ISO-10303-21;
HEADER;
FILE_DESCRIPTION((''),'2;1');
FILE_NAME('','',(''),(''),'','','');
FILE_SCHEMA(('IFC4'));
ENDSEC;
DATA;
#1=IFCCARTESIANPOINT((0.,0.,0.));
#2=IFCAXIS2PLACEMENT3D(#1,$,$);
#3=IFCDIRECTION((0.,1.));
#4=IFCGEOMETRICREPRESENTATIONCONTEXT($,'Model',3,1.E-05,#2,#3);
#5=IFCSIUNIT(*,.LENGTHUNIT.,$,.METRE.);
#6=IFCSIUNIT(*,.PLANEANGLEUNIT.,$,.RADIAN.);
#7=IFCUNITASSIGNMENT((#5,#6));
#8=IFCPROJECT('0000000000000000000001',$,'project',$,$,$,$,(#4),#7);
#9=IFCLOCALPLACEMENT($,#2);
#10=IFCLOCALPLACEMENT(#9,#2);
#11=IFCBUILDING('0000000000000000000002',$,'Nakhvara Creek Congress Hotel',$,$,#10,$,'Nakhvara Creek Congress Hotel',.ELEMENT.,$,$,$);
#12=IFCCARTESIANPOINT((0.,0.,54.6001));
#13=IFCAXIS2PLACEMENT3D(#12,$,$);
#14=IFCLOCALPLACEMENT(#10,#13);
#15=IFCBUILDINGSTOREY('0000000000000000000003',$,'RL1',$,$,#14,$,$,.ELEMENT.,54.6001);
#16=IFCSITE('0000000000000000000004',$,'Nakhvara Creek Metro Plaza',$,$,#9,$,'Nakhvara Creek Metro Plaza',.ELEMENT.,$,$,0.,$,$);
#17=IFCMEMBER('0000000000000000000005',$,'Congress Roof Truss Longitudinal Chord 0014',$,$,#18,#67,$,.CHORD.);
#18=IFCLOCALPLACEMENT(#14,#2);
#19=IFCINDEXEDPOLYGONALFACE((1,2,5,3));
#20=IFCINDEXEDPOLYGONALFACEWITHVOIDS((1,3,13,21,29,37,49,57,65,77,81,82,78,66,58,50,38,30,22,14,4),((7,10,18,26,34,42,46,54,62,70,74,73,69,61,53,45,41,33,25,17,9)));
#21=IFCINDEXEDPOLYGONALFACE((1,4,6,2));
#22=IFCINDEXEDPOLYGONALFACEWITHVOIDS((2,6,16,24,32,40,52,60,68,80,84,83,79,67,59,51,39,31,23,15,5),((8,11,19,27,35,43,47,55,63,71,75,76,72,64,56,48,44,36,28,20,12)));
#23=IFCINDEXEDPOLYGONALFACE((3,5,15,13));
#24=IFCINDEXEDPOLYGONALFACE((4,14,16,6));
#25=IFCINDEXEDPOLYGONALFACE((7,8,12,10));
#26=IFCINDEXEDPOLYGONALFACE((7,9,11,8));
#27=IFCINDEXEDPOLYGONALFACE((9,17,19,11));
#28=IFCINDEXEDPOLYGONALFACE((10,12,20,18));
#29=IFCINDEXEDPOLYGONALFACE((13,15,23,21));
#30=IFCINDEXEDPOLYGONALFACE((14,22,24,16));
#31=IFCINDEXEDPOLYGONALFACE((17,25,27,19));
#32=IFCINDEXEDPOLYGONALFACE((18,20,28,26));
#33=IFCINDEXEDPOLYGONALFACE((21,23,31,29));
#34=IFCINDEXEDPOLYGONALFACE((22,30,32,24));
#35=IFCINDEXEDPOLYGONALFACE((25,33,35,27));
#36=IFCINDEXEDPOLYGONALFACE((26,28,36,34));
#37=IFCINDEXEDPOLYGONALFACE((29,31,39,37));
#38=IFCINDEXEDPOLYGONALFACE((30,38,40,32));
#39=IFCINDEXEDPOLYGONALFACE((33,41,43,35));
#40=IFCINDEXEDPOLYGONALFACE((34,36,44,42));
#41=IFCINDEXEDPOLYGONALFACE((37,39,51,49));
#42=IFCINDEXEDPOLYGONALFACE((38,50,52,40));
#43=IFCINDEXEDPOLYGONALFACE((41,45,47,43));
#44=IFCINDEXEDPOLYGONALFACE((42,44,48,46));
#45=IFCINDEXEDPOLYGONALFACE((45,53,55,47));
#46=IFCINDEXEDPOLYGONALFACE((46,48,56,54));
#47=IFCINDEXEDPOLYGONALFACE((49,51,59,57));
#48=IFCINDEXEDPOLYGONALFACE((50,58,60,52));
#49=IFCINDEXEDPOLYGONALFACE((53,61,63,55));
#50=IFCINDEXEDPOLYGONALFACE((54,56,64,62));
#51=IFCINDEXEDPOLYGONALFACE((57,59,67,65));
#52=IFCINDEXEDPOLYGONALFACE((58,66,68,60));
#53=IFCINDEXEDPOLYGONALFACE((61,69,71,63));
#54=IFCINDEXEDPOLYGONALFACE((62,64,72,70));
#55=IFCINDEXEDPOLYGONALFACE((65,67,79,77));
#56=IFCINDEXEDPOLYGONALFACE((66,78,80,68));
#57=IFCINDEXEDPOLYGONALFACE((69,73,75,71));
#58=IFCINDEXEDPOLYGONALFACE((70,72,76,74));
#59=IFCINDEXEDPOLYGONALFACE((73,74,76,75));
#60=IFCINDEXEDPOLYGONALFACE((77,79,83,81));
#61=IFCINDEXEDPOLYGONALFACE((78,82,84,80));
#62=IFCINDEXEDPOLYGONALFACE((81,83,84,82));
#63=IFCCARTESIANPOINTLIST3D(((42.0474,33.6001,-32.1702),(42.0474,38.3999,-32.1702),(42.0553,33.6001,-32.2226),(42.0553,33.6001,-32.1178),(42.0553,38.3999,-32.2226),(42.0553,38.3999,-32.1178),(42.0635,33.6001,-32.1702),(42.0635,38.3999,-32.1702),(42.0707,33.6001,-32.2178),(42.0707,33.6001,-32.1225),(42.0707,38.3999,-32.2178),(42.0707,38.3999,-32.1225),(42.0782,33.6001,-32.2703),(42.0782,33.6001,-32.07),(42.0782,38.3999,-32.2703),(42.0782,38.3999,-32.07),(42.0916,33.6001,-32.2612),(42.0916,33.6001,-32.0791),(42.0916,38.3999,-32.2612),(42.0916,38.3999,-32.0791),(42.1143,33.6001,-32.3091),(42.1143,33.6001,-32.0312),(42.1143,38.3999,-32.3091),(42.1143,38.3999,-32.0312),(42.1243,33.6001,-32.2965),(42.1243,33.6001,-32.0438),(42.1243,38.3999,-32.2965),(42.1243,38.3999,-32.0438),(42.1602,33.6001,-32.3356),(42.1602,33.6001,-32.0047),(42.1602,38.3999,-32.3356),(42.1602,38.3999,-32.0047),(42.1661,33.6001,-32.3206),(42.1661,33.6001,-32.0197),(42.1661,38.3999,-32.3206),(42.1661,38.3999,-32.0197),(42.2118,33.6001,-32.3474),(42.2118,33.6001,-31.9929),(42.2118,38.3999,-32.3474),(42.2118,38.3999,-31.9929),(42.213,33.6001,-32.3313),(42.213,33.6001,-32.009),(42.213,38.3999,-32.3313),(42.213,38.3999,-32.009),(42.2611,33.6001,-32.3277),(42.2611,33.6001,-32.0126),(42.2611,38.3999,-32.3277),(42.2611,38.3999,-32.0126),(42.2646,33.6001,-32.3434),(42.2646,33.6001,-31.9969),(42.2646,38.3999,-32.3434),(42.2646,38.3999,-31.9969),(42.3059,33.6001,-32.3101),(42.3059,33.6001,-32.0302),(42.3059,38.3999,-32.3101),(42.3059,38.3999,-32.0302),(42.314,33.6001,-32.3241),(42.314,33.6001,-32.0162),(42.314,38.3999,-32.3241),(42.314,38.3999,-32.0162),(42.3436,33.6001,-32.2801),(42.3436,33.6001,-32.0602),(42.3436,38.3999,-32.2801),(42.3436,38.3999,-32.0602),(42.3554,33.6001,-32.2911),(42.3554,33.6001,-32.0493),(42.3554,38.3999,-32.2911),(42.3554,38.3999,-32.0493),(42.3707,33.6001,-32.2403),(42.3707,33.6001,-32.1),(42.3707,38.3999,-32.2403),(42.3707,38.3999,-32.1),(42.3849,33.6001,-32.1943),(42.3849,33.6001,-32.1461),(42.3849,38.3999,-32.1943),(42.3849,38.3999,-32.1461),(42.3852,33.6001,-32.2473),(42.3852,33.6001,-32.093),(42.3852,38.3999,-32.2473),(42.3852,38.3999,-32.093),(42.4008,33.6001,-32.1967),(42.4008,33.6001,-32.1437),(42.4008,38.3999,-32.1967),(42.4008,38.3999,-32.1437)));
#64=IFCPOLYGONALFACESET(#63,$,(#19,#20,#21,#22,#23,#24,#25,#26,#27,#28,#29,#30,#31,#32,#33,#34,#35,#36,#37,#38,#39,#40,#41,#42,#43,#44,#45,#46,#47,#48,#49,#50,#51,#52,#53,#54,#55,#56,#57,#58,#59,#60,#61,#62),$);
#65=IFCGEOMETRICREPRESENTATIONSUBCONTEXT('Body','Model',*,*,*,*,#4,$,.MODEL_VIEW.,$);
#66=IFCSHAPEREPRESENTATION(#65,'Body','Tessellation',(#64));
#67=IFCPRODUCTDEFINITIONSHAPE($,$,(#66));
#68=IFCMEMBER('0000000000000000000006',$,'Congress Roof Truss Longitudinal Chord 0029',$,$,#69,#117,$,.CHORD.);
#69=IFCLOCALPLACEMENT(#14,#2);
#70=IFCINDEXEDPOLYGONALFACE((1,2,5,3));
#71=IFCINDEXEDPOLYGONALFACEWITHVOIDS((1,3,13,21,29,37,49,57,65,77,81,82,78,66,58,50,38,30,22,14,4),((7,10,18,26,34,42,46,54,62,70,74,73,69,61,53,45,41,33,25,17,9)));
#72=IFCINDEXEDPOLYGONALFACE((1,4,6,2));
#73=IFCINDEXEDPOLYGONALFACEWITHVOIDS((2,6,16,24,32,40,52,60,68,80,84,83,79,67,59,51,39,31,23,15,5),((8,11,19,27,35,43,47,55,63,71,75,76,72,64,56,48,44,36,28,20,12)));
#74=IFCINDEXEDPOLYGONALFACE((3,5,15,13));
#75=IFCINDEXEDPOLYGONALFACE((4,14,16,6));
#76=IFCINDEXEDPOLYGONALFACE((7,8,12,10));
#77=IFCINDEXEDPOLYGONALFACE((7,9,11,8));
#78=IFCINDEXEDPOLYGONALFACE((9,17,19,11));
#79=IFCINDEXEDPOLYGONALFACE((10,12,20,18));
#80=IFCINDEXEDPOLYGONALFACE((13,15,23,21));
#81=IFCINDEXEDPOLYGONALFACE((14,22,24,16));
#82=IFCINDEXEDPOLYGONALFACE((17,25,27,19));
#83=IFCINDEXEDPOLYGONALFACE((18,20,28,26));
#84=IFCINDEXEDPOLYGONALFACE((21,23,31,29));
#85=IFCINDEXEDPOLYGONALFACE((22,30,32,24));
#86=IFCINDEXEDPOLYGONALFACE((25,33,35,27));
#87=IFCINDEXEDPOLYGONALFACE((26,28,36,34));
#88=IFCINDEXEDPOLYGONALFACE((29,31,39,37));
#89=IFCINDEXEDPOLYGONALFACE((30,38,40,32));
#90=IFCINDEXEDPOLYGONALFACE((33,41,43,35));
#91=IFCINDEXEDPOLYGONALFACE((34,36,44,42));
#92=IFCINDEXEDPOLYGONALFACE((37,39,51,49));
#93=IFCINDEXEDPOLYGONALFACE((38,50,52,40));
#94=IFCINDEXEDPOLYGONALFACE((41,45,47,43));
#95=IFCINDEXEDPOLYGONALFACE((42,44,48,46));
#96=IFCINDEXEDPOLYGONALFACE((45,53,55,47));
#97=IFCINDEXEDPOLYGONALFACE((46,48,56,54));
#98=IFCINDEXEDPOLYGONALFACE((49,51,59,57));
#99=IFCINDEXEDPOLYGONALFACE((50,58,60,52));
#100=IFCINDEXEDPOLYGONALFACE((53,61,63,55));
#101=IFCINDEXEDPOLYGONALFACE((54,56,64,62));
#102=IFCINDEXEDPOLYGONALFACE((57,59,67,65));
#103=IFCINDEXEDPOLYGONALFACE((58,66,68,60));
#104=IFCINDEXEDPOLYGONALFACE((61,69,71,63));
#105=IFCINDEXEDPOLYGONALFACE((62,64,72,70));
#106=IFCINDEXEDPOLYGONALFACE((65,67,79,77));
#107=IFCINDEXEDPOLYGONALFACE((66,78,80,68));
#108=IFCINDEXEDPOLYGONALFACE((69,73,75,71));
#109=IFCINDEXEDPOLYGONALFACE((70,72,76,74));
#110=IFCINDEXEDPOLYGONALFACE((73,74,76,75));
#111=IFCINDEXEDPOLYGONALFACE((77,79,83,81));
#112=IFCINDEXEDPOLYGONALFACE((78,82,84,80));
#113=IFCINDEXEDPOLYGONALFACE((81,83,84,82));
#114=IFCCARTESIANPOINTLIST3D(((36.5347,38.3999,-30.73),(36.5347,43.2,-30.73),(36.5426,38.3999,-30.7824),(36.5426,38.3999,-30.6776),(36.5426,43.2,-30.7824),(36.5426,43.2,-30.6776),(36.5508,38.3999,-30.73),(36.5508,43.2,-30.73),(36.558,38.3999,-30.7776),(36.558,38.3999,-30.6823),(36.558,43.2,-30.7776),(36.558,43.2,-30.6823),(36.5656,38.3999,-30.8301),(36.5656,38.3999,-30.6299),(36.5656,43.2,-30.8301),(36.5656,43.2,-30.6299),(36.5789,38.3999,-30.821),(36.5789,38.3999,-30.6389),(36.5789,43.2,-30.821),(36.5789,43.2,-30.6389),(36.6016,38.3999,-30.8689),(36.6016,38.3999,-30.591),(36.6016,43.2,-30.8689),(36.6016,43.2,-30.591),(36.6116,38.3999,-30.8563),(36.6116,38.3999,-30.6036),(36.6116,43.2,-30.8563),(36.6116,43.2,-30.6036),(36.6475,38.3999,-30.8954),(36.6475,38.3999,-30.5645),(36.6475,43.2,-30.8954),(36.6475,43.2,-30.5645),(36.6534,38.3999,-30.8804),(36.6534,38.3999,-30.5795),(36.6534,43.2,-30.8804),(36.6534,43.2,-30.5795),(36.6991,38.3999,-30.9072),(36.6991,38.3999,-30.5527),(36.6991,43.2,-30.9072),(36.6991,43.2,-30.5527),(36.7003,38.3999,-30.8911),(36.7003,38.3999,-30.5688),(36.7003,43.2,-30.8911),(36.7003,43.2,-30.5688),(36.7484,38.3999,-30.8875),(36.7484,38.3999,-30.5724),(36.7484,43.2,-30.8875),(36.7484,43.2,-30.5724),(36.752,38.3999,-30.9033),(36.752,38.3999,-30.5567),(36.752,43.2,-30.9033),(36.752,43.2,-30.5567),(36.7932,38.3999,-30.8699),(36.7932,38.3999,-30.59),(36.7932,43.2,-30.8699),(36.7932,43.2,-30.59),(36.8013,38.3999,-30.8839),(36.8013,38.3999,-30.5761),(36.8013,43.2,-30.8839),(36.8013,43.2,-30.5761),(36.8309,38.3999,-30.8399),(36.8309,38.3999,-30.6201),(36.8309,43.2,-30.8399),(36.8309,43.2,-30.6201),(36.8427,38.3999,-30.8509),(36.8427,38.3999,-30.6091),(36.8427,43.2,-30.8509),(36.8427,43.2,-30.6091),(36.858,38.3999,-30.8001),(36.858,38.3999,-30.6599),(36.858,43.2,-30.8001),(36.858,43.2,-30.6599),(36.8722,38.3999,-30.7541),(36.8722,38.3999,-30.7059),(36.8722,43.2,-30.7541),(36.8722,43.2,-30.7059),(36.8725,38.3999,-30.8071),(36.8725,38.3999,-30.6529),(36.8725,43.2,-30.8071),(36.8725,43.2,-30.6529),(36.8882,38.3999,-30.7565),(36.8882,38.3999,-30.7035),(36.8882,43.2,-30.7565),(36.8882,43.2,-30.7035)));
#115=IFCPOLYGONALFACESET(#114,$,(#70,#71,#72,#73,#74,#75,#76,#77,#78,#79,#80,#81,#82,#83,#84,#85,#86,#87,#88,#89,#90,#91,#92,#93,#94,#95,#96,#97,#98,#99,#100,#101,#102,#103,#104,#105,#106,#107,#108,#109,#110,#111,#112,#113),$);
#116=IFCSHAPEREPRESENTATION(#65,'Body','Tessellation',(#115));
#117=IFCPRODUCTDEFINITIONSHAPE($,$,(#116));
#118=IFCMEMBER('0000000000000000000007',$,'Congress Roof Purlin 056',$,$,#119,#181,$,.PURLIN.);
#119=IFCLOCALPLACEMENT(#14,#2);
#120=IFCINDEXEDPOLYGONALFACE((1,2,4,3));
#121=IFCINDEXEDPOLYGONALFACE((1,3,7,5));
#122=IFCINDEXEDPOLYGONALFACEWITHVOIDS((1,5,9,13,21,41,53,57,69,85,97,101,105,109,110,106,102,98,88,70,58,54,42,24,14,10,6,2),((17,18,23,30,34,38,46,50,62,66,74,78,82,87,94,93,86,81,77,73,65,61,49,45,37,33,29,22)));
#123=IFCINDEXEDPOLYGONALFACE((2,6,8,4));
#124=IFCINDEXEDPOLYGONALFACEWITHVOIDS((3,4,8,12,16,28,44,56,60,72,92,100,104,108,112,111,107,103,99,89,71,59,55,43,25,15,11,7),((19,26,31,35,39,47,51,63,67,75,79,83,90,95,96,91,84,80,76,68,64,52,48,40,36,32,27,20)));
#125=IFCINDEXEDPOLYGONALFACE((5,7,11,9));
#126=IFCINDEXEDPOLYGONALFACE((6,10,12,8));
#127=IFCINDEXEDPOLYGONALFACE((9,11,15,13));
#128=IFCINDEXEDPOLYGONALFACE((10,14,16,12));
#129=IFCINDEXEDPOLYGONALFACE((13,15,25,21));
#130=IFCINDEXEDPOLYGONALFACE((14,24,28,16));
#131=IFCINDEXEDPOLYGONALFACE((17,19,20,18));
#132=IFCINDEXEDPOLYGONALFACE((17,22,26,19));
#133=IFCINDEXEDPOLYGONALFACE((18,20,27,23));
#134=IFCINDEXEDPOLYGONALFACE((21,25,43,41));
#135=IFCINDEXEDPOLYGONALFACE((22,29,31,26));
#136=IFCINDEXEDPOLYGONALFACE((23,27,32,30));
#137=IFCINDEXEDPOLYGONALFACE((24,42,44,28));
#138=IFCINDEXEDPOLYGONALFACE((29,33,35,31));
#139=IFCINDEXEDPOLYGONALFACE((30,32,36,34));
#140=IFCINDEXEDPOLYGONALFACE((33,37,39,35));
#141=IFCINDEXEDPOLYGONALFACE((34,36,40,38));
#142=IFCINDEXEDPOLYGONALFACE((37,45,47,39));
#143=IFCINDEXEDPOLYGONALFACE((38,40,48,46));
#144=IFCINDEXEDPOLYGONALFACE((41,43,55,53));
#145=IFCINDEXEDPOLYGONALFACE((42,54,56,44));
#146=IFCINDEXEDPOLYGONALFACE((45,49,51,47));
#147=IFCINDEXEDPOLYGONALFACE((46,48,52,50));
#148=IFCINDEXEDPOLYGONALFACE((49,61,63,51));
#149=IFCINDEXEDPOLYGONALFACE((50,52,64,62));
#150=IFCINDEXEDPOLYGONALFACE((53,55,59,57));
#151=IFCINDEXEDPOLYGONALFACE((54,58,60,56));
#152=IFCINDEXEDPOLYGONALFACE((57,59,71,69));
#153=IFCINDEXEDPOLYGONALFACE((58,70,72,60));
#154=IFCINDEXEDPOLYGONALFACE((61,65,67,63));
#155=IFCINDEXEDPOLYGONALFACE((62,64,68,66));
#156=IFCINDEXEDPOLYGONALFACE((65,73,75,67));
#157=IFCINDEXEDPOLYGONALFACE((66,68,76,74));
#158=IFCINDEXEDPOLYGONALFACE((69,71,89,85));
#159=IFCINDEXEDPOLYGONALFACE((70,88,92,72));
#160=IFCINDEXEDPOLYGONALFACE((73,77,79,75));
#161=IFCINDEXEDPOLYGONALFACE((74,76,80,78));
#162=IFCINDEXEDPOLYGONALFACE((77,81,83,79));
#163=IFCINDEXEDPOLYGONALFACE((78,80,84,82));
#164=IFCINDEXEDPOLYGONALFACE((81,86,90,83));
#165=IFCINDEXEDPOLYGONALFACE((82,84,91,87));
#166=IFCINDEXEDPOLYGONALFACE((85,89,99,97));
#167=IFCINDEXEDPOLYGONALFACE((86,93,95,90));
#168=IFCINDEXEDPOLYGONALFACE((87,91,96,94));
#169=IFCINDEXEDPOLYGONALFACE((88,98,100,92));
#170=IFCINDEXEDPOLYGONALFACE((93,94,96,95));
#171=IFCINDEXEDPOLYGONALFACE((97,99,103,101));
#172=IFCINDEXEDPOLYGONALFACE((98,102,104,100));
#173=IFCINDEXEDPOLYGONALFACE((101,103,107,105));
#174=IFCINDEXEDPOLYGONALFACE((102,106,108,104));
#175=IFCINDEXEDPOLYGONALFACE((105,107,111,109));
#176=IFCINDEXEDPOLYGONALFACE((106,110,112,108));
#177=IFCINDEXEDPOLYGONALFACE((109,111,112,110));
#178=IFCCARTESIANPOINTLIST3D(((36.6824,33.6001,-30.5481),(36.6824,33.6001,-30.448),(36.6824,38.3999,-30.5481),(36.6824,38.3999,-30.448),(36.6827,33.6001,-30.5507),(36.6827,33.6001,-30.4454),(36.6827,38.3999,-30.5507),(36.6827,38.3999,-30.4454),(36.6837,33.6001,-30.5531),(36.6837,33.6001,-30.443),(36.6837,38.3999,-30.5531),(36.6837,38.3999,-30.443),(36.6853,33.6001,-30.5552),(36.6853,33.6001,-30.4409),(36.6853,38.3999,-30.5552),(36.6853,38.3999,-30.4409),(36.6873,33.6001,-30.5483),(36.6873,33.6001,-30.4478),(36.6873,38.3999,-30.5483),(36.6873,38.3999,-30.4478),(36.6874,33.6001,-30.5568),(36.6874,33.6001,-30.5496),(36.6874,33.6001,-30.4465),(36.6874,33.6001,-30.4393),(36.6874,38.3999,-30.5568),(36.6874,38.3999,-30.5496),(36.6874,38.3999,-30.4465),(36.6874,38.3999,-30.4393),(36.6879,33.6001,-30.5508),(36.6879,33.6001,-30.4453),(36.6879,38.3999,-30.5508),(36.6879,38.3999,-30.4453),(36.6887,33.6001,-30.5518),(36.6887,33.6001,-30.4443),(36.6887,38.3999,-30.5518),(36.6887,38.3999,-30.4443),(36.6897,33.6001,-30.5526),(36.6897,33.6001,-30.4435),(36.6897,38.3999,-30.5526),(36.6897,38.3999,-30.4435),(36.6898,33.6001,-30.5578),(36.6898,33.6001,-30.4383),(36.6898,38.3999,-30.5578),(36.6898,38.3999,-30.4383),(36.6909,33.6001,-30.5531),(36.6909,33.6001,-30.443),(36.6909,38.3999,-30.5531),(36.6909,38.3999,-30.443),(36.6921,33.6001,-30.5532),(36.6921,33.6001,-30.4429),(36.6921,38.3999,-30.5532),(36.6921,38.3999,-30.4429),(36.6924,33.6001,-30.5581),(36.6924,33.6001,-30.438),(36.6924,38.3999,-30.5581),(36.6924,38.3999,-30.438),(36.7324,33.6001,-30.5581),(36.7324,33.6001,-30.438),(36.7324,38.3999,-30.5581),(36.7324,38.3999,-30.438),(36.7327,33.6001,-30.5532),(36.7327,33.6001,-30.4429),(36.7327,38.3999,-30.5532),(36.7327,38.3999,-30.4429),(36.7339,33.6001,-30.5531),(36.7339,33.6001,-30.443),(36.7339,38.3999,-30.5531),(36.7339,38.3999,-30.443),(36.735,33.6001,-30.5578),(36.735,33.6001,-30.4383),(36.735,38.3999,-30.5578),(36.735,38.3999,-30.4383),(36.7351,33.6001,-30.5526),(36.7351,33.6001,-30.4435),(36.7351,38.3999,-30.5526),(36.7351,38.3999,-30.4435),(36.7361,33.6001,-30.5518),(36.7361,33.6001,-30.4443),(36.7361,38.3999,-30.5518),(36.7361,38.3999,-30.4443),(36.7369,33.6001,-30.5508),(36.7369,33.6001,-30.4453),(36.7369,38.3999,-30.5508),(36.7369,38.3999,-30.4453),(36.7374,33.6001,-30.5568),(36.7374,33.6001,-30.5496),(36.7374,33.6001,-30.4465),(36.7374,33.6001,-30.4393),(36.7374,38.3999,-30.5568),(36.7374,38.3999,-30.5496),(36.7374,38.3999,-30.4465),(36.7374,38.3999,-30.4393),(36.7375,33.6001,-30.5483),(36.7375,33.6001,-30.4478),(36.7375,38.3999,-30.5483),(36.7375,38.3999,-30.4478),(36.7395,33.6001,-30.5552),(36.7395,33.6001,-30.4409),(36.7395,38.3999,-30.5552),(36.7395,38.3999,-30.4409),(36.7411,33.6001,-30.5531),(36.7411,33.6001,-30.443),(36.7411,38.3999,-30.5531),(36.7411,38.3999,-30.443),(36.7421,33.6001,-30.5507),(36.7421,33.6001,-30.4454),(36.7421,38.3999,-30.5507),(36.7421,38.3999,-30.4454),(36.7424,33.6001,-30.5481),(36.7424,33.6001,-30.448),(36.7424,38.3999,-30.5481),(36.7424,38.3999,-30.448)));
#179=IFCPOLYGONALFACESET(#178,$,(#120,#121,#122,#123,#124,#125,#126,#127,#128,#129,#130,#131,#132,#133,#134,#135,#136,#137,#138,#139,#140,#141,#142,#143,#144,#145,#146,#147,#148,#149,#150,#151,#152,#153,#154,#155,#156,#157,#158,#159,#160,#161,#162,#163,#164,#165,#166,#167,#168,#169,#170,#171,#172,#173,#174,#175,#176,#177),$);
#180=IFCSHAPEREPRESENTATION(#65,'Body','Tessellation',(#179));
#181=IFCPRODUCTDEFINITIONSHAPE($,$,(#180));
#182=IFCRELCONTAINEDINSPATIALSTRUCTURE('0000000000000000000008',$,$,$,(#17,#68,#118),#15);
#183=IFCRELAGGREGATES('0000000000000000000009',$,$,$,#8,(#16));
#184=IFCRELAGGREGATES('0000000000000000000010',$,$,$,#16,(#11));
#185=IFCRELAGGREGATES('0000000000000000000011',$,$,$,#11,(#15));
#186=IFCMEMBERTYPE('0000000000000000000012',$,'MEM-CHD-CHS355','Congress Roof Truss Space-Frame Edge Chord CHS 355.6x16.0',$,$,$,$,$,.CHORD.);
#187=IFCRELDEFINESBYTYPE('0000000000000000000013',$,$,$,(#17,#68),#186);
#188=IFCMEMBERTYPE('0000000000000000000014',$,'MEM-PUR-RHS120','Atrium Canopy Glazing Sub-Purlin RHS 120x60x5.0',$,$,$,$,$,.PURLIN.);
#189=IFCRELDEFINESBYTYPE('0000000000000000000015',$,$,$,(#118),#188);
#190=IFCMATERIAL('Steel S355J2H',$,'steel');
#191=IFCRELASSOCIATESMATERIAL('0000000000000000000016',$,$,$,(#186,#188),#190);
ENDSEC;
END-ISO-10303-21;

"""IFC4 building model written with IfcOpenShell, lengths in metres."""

from ifc_helpers import new_model, si_unit, direction, frame, origin, origin_2d, place, context, subcontext, project, spatial, hollow_rectangle, hollow_circle, extrude, material, material_profile, profile_set, type_object, element, save


model = new_model("IFC4")

# Units and contexts
model_context = context("Model", 3, precision=1e-05, world=origin(), true_north=direction((0.0, 1.0)))
body_context = subcontext(model_context, "Body", "Model", "MODEL_VIEW")
ifc_project = project(units=[si_unit("LENGTHUNIT", "METRE"), si_unit("PLANEANGLEUNIT", "RADIAN")], contexts=[model_context])

# Site, building, storey
site_placement = place(None, origin())
site = spatial("IfcSite", under=ifc_project, at=site_placement, Name="Nakhvara Creek Metro Plaza", LongName="Nakhvara Creek Metro Plaza", CompositionType="ELEMENT", RefElevation=0.0)
building_placement = place(site_placement, origin())
building = spatial("IfcBuilding", under=site, at=building_placement, Name="Nakhvara Creek Congress Hotel", LongName="Nakhvara Creek Congress Hotel", CompositionType="ELEMENT")
storey_placement = place(building_placement, frame((0.0, 0.0, 54.6001)))
storey = spatial("IfcBuildingStorey", under=building, at=storey_placement, Name="RL1", CompositionType="ELEMENT", Elevation=54.6001)

# Members
ifc_material_1 = material(Name="Steel S355J2H", Category="steel")
ifc_material_profile_1 = material_profile(ifc_material_1, hollow_circle(Radius=0.1777, WallThickness=0.0161, at=origin_2d()), Name="CHS 355.6x16.0", Category="LoadBearing")
ifc_profile_set_1 = profile_set([ifc_material_profile_1], Name="Steel S355J2H")
member_type_1 = type_object("IfcMemberType", Name="MEM-CHD-CHS355", Description="Congress Roof Truss Space-Frame Edge Chord CHS 355.6x16.0", PredefinedType="CHORD", material=ifc_profile_set_1)
member_1_placement = place(storey_placement, frame((42.2251, 33.6001, -32.1702), z_axis=(0.0, 1.0, 0.0), x_axis=(-1.0, 0.0, 0.0)))
element("IfcMember", 1, at=member_1_placement, inside=storey, type_object=member_type_1, Name="Congress Roof Truss Longitudinal Chord 0014", PredefinedType="CHORD", context=body_context, shape_type="SweptSolid", body=[
    extrude(hollow_circle(Radius=0.1777, WallThickness=0.0161, at=origin_2d()), origin(), (0.0, 0.0, 1.0), 4.7998),
])
member_2_placement = place(storey_placement, frame((36.7124, 38.3999, -30.73), z_axis=(0.0, 1.0, 0.0), x_axis=(-1.0, 0.0, 0.0)))
element("IfcMember", 2, at=member_2_placement, inside=storey, type_object=member_type_1, Name="Congress Roof Truss Longitudinal Chord 0029", PredefinedType="CHORD", context=body_context, shape_type="SweptSolid", body=[
    extrude(hollow_circle(Radius=0.1777, WallThickness=0.0161, at=origin_2d()), origin(), (0.0, 0.0, 1.0), 4.8),
])
ifc_material_profile_2 = material_profile(ifc_material_1, hollow_rectangle(XDim=0.0601, YDim=0.1201, WallThickness=0.0049, InnerFilletRadius=0.0049, OuterFilletRadius=0.01, at=origin_2d()), Name="RHS 120x60x5.0", Category="LoadBearing")
ifc_profile_set_2 = profile_set([ifc_material_profile_2], Name="Steel S355J2H")
member_type_2 = type_object("IfcMemberType", Name="MEM-PUR-RHS120", Description="Atrium Canopy Glazing Sub-Purlin RHS 120x60x5.0", PredefinedType="PURLIN", material=ifc_profile_set_2)
member_3_placement = place(storey_placement, frame((36.7124, 33.6001, -30.498), z_axis=(0.0, 1.0, 0.0), x_axis=(-1.0, 0.0, 0.0)))
element("IfcMember", 3, at=member_3_placement, inside=storey, type_object=member_type_2, Name="Congress Roof Purlin 056", PredefinedType="PURLIN", context=body_context, shape_type="SweptSolid", body=[
    extrude(hollow_rectangle(XDim=0.0601, YDim=0.1201, WallThickness=0.0049, InnerFilletRadius=0.0049, OuterFilletRadius=0.01, at=origin_2d()), origin(), (0.0, 0.0, 1.0), 4.7998),
])

save(model, "model.ifc")
